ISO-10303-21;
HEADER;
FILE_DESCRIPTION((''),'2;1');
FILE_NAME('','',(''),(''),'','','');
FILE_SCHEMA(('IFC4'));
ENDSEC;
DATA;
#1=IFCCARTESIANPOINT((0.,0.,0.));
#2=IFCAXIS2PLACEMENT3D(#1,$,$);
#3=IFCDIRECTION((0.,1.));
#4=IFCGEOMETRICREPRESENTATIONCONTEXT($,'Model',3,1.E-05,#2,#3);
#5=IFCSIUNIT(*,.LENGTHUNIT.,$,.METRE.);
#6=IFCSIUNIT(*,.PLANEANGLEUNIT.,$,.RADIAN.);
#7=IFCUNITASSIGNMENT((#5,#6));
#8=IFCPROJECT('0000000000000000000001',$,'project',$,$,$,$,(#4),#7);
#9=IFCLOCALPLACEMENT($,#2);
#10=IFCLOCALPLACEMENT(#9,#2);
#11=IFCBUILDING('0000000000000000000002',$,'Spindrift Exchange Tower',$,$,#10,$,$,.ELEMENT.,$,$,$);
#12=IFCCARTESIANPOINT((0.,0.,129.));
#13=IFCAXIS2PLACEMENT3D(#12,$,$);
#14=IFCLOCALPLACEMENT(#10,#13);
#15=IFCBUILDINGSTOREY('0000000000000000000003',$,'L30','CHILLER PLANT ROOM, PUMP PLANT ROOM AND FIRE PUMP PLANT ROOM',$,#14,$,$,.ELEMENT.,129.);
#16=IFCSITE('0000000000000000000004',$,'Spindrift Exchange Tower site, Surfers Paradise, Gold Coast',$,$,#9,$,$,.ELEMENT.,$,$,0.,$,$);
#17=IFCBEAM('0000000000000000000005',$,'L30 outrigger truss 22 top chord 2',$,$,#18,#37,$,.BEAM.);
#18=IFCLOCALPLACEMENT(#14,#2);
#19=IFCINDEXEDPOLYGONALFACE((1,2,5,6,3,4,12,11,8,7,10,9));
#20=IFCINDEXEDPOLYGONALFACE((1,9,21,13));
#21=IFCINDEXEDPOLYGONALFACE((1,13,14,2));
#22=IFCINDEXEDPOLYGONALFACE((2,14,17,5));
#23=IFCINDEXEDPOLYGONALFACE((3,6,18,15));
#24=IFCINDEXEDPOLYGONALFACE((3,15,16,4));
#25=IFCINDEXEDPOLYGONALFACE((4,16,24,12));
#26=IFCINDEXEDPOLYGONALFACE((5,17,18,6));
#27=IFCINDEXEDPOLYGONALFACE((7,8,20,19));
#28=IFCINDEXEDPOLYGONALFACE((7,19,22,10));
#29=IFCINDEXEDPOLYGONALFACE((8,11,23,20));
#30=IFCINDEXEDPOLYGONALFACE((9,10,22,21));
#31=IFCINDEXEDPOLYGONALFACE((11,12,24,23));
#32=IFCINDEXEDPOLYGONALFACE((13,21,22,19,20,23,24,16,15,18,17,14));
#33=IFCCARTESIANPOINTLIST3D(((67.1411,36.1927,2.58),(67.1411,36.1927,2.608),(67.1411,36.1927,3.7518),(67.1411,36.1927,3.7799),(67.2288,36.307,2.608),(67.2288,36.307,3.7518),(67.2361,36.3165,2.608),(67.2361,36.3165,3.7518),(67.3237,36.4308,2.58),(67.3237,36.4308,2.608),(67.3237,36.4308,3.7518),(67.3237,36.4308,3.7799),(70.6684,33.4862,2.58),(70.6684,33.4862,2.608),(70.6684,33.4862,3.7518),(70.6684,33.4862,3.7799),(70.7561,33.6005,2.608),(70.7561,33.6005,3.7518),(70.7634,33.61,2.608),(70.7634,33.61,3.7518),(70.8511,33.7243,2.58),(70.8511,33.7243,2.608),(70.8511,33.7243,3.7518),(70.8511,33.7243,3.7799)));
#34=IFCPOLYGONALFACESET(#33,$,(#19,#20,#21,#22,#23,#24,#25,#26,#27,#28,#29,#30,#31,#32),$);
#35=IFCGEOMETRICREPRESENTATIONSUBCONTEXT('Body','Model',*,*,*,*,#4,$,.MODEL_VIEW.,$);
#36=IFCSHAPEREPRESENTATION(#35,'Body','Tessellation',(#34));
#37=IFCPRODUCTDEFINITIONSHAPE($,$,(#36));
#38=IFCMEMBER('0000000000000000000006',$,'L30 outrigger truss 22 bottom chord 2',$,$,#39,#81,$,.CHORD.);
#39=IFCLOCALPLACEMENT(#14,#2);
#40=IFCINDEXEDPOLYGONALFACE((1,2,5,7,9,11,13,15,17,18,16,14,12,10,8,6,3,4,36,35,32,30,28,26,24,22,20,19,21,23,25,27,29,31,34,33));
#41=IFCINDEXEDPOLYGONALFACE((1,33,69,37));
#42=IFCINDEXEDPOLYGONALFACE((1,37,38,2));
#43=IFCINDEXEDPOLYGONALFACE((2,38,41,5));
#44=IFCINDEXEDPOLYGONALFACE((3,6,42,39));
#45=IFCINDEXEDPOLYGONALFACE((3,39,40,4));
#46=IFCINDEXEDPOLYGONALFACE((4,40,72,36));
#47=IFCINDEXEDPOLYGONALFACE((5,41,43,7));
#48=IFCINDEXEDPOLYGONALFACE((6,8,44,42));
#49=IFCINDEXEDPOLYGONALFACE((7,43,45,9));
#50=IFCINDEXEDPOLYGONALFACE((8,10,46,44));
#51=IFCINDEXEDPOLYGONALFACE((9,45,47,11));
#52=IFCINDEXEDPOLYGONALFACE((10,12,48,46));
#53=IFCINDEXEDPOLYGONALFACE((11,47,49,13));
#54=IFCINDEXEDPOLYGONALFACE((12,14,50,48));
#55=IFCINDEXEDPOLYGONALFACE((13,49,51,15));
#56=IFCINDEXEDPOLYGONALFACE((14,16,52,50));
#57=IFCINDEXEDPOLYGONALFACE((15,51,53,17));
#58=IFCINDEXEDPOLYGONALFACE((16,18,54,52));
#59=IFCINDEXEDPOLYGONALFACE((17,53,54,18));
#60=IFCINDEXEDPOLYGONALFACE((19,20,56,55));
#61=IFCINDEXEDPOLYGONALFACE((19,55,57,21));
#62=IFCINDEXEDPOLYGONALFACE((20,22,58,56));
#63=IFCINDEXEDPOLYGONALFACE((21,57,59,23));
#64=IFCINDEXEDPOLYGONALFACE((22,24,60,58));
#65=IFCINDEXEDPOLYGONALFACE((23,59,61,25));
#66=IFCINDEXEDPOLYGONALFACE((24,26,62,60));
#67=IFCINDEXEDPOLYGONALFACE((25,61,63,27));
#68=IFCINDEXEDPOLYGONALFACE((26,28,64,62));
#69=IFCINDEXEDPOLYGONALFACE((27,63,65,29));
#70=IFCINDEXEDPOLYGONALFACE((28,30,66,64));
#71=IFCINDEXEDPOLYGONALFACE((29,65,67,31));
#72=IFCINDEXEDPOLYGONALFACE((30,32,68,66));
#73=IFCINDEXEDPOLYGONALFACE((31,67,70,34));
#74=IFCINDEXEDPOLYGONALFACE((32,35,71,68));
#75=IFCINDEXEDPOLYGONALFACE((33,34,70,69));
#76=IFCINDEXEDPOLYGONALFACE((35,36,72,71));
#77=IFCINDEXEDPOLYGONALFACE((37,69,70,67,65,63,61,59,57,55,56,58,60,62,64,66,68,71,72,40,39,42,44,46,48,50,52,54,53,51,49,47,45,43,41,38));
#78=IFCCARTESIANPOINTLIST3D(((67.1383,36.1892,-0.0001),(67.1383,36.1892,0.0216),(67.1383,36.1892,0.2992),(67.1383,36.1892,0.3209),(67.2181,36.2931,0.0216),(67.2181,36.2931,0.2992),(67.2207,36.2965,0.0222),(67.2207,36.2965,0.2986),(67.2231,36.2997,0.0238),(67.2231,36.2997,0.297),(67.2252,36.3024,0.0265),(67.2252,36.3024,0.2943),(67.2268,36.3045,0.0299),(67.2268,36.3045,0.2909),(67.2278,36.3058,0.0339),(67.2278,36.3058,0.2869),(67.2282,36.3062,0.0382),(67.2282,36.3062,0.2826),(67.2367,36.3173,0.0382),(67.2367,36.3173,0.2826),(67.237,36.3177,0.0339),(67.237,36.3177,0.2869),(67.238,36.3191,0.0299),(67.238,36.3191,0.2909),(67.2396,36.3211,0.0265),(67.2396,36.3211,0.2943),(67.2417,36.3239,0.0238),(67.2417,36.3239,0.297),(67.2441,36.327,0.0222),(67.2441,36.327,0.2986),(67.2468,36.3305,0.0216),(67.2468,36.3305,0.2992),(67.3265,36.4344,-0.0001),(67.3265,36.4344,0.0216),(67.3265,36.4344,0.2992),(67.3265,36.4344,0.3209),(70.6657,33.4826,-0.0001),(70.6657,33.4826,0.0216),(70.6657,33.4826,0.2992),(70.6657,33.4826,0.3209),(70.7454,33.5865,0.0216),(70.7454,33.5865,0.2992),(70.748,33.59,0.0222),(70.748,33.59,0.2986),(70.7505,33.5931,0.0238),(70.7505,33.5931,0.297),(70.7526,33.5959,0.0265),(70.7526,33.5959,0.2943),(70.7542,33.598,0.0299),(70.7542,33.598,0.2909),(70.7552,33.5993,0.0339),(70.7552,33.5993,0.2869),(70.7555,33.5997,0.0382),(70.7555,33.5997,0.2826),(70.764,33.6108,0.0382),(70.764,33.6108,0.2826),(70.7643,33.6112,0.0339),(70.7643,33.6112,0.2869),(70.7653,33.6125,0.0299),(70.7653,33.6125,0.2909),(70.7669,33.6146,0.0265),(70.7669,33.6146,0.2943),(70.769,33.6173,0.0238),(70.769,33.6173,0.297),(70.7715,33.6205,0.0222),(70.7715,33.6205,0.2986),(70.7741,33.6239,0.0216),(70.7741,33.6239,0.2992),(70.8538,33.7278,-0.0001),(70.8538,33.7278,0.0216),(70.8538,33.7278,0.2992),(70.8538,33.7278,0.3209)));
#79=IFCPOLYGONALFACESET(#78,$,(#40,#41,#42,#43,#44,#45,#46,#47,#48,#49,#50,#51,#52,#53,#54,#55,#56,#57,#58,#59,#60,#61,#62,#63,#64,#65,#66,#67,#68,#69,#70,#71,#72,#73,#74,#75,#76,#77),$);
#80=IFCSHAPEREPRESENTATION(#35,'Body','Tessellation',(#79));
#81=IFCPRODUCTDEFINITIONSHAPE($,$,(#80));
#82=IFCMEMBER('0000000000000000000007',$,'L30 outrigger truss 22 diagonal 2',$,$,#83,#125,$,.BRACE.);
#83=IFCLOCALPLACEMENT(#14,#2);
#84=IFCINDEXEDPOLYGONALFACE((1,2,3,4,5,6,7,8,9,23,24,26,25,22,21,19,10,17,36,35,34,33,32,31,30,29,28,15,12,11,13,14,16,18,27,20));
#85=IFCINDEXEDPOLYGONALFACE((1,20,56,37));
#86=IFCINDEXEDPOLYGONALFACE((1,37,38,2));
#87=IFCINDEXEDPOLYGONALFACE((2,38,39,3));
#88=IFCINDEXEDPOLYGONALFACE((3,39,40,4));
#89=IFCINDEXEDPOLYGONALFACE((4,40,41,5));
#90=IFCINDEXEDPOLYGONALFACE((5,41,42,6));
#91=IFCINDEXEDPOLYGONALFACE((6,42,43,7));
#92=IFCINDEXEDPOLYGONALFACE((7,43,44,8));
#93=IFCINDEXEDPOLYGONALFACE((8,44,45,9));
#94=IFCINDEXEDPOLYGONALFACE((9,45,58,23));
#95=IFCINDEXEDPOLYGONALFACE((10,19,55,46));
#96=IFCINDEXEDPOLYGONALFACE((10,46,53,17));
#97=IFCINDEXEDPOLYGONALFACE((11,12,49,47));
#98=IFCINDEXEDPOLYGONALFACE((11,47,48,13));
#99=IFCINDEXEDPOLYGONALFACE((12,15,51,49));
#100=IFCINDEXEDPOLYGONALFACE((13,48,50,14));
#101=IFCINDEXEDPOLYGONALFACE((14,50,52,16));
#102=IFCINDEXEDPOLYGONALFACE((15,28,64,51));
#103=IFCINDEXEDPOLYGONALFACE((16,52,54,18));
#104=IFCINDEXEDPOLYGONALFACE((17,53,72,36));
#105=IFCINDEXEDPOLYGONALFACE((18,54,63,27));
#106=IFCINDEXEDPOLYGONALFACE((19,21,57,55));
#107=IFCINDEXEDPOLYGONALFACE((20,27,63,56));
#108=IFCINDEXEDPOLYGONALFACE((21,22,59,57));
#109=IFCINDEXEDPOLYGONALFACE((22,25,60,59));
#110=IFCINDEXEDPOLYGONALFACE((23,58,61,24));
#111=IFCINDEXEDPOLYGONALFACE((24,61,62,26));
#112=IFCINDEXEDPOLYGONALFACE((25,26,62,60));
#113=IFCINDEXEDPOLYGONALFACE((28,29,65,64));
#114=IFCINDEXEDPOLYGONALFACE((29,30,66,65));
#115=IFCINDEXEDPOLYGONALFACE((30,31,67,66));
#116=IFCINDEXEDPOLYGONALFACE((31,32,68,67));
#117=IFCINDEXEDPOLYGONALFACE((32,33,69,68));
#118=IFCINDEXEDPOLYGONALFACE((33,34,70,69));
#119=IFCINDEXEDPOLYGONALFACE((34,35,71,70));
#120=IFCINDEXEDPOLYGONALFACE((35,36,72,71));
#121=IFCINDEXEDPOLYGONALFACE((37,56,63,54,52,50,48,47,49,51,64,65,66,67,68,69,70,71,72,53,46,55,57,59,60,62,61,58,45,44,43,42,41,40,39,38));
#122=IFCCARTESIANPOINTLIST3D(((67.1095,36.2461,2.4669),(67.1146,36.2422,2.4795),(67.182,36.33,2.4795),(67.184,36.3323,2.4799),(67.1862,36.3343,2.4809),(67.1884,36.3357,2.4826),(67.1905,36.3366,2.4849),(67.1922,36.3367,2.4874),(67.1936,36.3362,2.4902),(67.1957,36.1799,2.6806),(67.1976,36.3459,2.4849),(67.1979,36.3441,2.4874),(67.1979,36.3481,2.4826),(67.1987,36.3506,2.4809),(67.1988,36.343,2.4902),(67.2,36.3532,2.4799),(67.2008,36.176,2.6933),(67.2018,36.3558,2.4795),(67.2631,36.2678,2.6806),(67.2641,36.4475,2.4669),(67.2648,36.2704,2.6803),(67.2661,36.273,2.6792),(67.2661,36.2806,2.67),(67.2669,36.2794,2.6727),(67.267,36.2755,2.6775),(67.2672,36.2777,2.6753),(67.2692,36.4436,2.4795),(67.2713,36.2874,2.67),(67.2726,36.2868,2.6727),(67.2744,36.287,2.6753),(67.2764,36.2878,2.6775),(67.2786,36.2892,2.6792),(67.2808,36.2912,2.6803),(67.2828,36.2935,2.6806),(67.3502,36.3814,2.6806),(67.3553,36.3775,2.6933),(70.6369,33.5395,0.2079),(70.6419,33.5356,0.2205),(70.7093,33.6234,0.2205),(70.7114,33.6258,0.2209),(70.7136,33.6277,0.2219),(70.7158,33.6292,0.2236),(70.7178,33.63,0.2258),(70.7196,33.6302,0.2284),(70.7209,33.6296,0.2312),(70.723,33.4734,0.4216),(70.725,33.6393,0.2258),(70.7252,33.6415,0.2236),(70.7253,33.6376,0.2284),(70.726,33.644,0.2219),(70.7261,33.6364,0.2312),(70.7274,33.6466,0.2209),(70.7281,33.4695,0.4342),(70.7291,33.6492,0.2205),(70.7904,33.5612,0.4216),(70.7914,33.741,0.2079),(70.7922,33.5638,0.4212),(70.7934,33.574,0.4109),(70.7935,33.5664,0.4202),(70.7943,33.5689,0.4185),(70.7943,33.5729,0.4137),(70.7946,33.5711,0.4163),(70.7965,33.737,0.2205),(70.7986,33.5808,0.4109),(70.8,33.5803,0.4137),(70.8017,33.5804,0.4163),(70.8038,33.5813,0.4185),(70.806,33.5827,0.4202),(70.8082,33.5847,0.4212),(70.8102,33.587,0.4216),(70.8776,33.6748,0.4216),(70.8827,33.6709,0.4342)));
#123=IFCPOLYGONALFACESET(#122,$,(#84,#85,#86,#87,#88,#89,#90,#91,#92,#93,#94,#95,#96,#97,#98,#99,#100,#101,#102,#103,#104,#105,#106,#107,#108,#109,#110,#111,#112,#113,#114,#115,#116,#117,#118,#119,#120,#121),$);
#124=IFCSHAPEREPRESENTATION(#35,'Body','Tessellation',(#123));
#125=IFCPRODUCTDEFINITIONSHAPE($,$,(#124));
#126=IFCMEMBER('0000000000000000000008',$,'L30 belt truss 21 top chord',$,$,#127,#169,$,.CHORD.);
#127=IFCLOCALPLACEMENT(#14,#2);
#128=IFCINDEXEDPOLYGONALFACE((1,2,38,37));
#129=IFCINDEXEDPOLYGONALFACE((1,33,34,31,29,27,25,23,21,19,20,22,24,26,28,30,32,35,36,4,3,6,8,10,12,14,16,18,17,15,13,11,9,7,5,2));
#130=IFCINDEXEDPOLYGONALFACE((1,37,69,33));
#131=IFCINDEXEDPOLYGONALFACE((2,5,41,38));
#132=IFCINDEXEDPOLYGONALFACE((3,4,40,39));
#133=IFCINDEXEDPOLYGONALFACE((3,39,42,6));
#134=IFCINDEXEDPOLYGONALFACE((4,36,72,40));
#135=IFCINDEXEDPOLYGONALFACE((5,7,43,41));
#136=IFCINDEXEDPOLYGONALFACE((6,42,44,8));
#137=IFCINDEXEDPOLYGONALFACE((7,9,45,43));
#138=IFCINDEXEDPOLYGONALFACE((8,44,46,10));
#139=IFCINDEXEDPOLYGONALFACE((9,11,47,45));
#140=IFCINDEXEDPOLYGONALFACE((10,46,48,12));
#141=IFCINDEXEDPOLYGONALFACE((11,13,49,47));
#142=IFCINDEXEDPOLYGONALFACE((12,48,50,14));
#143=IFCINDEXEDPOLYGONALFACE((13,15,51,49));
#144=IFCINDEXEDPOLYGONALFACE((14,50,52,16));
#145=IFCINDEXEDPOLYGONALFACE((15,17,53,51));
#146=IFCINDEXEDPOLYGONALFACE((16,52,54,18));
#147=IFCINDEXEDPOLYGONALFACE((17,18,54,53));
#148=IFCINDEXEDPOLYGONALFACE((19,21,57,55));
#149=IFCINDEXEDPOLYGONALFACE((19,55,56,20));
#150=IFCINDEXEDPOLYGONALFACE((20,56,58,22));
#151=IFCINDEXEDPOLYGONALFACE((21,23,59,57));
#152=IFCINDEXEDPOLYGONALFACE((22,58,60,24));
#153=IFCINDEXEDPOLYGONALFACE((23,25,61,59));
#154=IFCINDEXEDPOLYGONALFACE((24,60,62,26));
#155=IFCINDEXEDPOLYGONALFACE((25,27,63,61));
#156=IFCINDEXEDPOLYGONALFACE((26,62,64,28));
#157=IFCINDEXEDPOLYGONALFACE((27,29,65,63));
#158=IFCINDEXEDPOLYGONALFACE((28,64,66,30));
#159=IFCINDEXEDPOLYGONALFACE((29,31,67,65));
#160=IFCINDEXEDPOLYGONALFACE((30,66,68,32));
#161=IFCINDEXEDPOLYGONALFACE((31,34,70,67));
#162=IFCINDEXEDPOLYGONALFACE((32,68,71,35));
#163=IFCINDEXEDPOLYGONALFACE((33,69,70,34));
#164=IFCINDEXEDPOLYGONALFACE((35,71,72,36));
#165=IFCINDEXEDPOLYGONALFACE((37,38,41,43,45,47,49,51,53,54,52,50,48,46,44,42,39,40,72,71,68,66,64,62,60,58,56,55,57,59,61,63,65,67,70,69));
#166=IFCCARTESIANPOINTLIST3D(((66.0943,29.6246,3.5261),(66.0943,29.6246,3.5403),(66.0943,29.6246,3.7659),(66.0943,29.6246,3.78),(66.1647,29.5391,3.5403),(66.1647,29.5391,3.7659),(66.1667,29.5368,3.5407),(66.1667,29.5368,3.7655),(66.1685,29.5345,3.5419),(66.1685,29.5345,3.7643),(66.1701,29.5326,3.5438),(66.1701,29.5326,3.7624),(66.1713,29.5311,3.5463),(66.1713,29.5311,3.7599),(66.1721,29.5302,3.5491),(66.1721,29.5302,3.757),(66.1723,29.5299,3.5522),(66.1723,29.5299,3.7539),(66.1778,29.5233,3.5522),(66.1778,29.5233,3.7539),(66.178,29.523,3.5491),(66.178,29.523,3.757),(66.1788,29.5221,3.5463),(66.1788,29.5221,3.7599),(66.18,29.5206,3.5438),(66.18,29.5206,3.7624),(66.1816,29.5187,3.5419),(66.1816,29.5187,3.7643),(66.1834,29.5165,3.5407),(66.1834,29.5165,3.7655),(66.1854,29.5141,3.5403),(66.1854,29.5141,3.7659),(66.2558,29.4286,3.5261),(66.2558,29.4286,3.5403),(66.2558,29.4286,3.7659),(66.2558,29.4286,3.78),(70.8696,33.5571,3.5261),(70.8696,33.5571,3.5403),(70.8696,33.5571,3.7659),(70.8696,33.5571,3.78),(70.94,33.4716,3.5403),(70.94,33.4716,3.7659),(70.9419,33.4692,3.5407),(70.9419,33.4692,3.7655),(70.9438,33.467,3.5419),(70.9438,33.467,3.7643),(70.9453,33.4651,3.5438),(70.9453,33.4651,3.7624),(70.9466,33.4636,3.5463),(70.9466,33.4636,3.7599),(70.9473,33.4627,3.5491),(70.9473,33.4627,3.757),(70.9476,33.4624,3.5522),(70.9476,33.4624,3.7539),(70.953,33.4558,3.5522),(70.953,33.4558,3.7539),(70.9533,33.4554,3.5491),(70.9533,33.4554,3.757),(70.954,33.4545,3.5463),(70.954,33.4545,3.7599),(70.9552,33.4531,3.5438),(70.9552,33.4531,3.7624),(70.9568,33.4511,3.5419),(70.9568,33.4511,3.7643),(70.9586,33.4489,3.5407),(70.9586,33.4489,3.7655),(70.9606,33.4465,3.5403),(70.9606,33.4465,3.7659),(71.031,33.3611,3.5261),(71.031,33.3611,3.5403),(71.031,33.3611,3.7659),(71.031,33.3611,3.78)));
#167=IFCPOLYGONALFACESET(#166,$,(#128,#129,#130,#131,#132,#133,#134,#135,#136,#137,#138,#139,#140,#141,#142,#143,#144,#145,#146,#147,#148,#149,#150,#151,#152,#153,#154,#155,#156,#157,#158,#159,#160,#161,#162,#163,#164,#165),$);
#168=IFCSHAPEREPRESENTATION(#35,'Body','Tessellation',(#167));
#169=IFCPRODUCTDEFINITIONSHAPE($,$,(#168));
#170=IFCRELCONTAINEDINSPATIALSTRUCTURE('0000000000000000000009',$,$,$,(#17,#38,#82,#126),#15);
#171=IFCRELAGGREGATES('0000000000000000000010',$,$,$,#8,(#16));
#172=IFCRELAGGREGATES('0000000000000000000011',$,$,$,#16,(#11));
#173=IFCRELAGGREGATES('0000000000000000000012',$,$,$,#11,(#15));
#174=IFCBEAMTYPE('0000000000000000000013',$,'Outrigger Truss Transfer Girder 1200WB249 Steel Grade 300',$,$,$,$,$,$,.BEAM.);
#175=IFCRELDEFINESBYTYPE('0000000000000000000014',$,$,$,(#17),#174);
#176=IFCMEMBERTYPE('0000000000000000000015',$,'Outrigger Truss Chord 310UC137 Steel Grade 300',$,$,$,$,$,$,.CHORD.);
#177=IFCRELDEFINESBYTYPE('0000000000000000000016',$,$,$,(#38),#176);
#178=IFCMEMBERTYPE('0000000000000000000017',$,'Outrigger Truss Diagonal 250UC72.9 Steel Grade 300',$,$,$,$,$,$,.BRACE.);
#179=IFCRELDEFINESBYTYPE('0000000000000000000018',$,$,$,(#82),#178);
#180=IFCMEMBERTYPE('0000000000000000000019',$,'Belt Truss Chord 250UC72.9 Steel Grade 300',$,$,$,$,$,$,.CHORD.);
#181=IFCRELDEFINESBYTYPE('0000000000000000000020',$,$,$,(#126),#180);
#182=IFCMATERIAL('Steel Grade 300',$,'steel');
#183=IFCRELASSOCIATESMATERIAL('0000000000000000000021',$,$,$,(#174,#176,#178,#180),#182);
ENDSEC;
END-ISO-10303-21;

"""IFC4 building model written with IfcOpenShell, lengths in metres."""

from ifc_helpers import new_model, si_unit, direction, frame, origin, origin_2d, place, context, subcontext, project, spatial, i_section, extrude, source, transform, mapped, material, material_profile, profile_set, type_object, element, save


model = new_model("IFC4")

# Units and contexts
model_context = context("Model", 3, precision=1e-05, world=origin(), true_north=direction((0.0, 1.0)))
body_context = subcontext(model_context, "Body", "Model", "MODEL_VIEW")
ifc_project = project(units=[si_unit("LENGTHUNIT", "METRE"), si_unit("PLANEANGLEUNIT", "RADIAN")], contexts=[model_context])

# Site, building, storey
site_placement = place(None, origin())
site = spatial("IfcSite", under=ifc_project, at=site_placement, Name="Spindrift Exchange Tower site, Surfers Paradise, Gold Coast", CompositionType="ELEMENT", RefElevation=0.0)
building_placement = place(site_placement, origin())
building = spatial("IfcBuilding", under=site, at=building_placement, Name="Spindrift Exchange Tower", CompositionType="ELEMENT")
storey_placement = place(building_placement, frame((0.0, 0.0, 129.0)))
storey = spatial("IfcBuildingStorey", under=building, at=storey_placement, Name="L30", Description="CHILLER PLANT ROOM, PUMP PLANT ROOM AND FIRE PUMP PLANT ROOM", CompositionType="ELEMENT", Elevation=129.0)

# Shared definitions
ifc_material_1 = material(Name="Steel Grade 300", Category="steel")
ifc_material_profile_1 = material_profile(ifc_material_1, i_section(OverallWidth=0.3, OverallDepth=1.2, WebThickness=0.012, FlangeThickness=0.0281, at=origin_2d()), Name="1200WB249")
ifc_profile_set_1 = profile_set([ifc_material_profile_1], Name="Steel Grade 300")
beam_type_1 = type_object("IfcBeamType", Name="Outrigger Truss Transfer Girder 1200WB249 Steel Grade 300", PredefinedType="BEAM", material=ifc_profile_set_1)

# Shared definitions
ifc_material_profile_2 = material_profile(ifc_material_1, i_section(OverallWidth=0.3091, OverallDepth=0.321, WebThickness=0.0139, FlangeThickness=0.0217, FilletRadius=0.0166, at=origin_2d()), Name="310UC137")
ifc_profile_set_2 = profile_set([ifc_material_profile_2], Name="Steel Grade 300")
member_type_1 = type_object("IfcMemberType", Name="Outrigger Truss Chord 310UC137 Steel Grade 300", PredefinedType="CHORD", material=ifc_profile_set_2)

# Beam
shared_shape_1 = source(origin(), body_context, "Body", "SweptSolid", [
    extrude(i_section(OverallWidth=0.3, OverallDepth=1.2, WebThickness=0.012, FlangeThickness=0.0281, at=origin_2d()), origin(), (0.0, 0.0, 1.0), 4.446),
])
beam_1_placement = place(storey_placement, frame((67.2324, 36.3118, 3.1799), z_axis=(0.793362, -0.60875, 0.0), x_axis=(0.60875, 0.793362, 0.0)))
element("IfcBeam", 1, at=beam_1_placement, inside=storey, type_object=beam_type_1, Name="L30 outrigger truss 22 top chord 2", PredefinedType="BEAM", context=body_context, shape_type="MappedRepresentation", body=[
    mapped(shared_shape_1, transform((0.0, 0.0, 0.0), scale=1.0)),
])

# Members
shared_shape_2 = source(origin(), body_context, "Body", "SweptSolid", [
    extrude(i_section(OverallWidth=0.3091, OverallDepth=0.321, WebThickness=0.0139, FlangeThickness=0.0217, FilletRadius=0.0166, at=origin_2d()), origin(), (0.0, 0.0, 1.0), 4.446),
])
member_1_placement = place(storey_placement, frame((67.2324, 36.3118, 0.1604), z_axis=(0.793362, -0.60875, 0.0), x_axis=(0.60875, 0.793362, 0.0)))
element("IfcMember", 2, at=member_1_placement, inside=storey, type_object=member_type_1, Name="L30 outrigger truss 22 bottom chord 2", PredefinedType="CHORD", context=body_context, shape_type="MappedRepresentation", body=[
    mapped(shared_shape_2, transform((0.0, 0.0, 0.0), scale=1.0)),
])
ifc_material_profile_3 = material_profile(ifc_material_1, i_section(OverallWidth=0.2539, OverallDepth=0.2539, WebThickness=0.0085, FlangeThickness=0.0142, FilletRadius=0.012, at=origin_2d()), Name="250UC72.9")
ifc_profile_set_3 = profile_set([ifc_material_profile_3], Name="Steel Grade 300")
member_type_2 = type_object("IfcMemberType", Name="Outrigger Truss Diagonal 250UC72.9 Steel Grade 300", PredefinedType="BRACE", material=ifc_profile_set_3)
shared_shape_3 = source(origin(), body_context, "Body", "SweptSolid", [
    extrude(i_section(OverallWidth=0.2539, OverallDepth=0.2539, WebThickness=0.0085, FlangeThickness=0.0142, FilletRadius=0.012, at=origin_2d()), origin(), (0.0, 0.0, 1.0), 4.9871),
])
member_2_placement = place(storey_placement, frame((67.2324, 36.3118, 2.5801), z_axis=(0.707299, -0.542713, -0.452979), x_axis=(0.60875, 0.793362, 0.0)))
element("IfcMember", 3, at=member_2_placement, inside=storey, type_object=member_type_2, Name="L30 outrigger truss 22 diagonal 2", PredefinedType="BRACE", context=body_context, shape_type="MappedRepresentation", body=[
    mapped(shared_shape_3, transform((0.0, 0.0, 0.0), scale=1.0)),
])
ifc_material_profile_4 = material_profile(ifc_material_1, i_section(OverallWidth=0.2539, OverallDepth=0.2539, WebThickness=0.0085, FlangeThickness=0.0142, FilletRadius=0.012, at=origin_2d()), Name="250UC72.9")
ifc_profile_set_4 = profile_set([ifc_material_profile_4], Name="Steel Grade 300")
member_type_3 = type_object("IfcMemberType", Name="Belt Truss Chord 250UC72.9 Steel Grade 300", PredefinedType="CHORD", material=ifc_profile_set_4)
shared_shape_4 = source(origin(), body_context, "Body", "SweptSolid", [
    extrude(i_section(OverallWidth=0.2539, OverallDepth=0.2539, WebThickness=0.0085, FlangeThickness=0.0142, FilletRadius=0.012, at=origin_2d()), origin(), (0.0, 0.0, 1.0), 6.186),
])
for number, where, z_axis, x_axis, name in (
    (4, (66.175, 29.5266, 3.6531), (0.771938, 0.635698, 0.0), (-0.635698, 0.771938, 0.0), "L30 belt truss 21 top chord"),
):
    element("IfcMember", number, at=place(storey_placement, frame(where, z_axis=z_axis, x_axis=x_axis)), inside=storey, type_object=member_type_3, Name=name, PredefinedType="CHORD", context=body_context, shape_type="MappedRepresentation", body=[
        mapped(shared_shape_4, transform((0.0, 0.0, 0.0), scale=1.0)),
    ])

save(model, "model.ifc")
